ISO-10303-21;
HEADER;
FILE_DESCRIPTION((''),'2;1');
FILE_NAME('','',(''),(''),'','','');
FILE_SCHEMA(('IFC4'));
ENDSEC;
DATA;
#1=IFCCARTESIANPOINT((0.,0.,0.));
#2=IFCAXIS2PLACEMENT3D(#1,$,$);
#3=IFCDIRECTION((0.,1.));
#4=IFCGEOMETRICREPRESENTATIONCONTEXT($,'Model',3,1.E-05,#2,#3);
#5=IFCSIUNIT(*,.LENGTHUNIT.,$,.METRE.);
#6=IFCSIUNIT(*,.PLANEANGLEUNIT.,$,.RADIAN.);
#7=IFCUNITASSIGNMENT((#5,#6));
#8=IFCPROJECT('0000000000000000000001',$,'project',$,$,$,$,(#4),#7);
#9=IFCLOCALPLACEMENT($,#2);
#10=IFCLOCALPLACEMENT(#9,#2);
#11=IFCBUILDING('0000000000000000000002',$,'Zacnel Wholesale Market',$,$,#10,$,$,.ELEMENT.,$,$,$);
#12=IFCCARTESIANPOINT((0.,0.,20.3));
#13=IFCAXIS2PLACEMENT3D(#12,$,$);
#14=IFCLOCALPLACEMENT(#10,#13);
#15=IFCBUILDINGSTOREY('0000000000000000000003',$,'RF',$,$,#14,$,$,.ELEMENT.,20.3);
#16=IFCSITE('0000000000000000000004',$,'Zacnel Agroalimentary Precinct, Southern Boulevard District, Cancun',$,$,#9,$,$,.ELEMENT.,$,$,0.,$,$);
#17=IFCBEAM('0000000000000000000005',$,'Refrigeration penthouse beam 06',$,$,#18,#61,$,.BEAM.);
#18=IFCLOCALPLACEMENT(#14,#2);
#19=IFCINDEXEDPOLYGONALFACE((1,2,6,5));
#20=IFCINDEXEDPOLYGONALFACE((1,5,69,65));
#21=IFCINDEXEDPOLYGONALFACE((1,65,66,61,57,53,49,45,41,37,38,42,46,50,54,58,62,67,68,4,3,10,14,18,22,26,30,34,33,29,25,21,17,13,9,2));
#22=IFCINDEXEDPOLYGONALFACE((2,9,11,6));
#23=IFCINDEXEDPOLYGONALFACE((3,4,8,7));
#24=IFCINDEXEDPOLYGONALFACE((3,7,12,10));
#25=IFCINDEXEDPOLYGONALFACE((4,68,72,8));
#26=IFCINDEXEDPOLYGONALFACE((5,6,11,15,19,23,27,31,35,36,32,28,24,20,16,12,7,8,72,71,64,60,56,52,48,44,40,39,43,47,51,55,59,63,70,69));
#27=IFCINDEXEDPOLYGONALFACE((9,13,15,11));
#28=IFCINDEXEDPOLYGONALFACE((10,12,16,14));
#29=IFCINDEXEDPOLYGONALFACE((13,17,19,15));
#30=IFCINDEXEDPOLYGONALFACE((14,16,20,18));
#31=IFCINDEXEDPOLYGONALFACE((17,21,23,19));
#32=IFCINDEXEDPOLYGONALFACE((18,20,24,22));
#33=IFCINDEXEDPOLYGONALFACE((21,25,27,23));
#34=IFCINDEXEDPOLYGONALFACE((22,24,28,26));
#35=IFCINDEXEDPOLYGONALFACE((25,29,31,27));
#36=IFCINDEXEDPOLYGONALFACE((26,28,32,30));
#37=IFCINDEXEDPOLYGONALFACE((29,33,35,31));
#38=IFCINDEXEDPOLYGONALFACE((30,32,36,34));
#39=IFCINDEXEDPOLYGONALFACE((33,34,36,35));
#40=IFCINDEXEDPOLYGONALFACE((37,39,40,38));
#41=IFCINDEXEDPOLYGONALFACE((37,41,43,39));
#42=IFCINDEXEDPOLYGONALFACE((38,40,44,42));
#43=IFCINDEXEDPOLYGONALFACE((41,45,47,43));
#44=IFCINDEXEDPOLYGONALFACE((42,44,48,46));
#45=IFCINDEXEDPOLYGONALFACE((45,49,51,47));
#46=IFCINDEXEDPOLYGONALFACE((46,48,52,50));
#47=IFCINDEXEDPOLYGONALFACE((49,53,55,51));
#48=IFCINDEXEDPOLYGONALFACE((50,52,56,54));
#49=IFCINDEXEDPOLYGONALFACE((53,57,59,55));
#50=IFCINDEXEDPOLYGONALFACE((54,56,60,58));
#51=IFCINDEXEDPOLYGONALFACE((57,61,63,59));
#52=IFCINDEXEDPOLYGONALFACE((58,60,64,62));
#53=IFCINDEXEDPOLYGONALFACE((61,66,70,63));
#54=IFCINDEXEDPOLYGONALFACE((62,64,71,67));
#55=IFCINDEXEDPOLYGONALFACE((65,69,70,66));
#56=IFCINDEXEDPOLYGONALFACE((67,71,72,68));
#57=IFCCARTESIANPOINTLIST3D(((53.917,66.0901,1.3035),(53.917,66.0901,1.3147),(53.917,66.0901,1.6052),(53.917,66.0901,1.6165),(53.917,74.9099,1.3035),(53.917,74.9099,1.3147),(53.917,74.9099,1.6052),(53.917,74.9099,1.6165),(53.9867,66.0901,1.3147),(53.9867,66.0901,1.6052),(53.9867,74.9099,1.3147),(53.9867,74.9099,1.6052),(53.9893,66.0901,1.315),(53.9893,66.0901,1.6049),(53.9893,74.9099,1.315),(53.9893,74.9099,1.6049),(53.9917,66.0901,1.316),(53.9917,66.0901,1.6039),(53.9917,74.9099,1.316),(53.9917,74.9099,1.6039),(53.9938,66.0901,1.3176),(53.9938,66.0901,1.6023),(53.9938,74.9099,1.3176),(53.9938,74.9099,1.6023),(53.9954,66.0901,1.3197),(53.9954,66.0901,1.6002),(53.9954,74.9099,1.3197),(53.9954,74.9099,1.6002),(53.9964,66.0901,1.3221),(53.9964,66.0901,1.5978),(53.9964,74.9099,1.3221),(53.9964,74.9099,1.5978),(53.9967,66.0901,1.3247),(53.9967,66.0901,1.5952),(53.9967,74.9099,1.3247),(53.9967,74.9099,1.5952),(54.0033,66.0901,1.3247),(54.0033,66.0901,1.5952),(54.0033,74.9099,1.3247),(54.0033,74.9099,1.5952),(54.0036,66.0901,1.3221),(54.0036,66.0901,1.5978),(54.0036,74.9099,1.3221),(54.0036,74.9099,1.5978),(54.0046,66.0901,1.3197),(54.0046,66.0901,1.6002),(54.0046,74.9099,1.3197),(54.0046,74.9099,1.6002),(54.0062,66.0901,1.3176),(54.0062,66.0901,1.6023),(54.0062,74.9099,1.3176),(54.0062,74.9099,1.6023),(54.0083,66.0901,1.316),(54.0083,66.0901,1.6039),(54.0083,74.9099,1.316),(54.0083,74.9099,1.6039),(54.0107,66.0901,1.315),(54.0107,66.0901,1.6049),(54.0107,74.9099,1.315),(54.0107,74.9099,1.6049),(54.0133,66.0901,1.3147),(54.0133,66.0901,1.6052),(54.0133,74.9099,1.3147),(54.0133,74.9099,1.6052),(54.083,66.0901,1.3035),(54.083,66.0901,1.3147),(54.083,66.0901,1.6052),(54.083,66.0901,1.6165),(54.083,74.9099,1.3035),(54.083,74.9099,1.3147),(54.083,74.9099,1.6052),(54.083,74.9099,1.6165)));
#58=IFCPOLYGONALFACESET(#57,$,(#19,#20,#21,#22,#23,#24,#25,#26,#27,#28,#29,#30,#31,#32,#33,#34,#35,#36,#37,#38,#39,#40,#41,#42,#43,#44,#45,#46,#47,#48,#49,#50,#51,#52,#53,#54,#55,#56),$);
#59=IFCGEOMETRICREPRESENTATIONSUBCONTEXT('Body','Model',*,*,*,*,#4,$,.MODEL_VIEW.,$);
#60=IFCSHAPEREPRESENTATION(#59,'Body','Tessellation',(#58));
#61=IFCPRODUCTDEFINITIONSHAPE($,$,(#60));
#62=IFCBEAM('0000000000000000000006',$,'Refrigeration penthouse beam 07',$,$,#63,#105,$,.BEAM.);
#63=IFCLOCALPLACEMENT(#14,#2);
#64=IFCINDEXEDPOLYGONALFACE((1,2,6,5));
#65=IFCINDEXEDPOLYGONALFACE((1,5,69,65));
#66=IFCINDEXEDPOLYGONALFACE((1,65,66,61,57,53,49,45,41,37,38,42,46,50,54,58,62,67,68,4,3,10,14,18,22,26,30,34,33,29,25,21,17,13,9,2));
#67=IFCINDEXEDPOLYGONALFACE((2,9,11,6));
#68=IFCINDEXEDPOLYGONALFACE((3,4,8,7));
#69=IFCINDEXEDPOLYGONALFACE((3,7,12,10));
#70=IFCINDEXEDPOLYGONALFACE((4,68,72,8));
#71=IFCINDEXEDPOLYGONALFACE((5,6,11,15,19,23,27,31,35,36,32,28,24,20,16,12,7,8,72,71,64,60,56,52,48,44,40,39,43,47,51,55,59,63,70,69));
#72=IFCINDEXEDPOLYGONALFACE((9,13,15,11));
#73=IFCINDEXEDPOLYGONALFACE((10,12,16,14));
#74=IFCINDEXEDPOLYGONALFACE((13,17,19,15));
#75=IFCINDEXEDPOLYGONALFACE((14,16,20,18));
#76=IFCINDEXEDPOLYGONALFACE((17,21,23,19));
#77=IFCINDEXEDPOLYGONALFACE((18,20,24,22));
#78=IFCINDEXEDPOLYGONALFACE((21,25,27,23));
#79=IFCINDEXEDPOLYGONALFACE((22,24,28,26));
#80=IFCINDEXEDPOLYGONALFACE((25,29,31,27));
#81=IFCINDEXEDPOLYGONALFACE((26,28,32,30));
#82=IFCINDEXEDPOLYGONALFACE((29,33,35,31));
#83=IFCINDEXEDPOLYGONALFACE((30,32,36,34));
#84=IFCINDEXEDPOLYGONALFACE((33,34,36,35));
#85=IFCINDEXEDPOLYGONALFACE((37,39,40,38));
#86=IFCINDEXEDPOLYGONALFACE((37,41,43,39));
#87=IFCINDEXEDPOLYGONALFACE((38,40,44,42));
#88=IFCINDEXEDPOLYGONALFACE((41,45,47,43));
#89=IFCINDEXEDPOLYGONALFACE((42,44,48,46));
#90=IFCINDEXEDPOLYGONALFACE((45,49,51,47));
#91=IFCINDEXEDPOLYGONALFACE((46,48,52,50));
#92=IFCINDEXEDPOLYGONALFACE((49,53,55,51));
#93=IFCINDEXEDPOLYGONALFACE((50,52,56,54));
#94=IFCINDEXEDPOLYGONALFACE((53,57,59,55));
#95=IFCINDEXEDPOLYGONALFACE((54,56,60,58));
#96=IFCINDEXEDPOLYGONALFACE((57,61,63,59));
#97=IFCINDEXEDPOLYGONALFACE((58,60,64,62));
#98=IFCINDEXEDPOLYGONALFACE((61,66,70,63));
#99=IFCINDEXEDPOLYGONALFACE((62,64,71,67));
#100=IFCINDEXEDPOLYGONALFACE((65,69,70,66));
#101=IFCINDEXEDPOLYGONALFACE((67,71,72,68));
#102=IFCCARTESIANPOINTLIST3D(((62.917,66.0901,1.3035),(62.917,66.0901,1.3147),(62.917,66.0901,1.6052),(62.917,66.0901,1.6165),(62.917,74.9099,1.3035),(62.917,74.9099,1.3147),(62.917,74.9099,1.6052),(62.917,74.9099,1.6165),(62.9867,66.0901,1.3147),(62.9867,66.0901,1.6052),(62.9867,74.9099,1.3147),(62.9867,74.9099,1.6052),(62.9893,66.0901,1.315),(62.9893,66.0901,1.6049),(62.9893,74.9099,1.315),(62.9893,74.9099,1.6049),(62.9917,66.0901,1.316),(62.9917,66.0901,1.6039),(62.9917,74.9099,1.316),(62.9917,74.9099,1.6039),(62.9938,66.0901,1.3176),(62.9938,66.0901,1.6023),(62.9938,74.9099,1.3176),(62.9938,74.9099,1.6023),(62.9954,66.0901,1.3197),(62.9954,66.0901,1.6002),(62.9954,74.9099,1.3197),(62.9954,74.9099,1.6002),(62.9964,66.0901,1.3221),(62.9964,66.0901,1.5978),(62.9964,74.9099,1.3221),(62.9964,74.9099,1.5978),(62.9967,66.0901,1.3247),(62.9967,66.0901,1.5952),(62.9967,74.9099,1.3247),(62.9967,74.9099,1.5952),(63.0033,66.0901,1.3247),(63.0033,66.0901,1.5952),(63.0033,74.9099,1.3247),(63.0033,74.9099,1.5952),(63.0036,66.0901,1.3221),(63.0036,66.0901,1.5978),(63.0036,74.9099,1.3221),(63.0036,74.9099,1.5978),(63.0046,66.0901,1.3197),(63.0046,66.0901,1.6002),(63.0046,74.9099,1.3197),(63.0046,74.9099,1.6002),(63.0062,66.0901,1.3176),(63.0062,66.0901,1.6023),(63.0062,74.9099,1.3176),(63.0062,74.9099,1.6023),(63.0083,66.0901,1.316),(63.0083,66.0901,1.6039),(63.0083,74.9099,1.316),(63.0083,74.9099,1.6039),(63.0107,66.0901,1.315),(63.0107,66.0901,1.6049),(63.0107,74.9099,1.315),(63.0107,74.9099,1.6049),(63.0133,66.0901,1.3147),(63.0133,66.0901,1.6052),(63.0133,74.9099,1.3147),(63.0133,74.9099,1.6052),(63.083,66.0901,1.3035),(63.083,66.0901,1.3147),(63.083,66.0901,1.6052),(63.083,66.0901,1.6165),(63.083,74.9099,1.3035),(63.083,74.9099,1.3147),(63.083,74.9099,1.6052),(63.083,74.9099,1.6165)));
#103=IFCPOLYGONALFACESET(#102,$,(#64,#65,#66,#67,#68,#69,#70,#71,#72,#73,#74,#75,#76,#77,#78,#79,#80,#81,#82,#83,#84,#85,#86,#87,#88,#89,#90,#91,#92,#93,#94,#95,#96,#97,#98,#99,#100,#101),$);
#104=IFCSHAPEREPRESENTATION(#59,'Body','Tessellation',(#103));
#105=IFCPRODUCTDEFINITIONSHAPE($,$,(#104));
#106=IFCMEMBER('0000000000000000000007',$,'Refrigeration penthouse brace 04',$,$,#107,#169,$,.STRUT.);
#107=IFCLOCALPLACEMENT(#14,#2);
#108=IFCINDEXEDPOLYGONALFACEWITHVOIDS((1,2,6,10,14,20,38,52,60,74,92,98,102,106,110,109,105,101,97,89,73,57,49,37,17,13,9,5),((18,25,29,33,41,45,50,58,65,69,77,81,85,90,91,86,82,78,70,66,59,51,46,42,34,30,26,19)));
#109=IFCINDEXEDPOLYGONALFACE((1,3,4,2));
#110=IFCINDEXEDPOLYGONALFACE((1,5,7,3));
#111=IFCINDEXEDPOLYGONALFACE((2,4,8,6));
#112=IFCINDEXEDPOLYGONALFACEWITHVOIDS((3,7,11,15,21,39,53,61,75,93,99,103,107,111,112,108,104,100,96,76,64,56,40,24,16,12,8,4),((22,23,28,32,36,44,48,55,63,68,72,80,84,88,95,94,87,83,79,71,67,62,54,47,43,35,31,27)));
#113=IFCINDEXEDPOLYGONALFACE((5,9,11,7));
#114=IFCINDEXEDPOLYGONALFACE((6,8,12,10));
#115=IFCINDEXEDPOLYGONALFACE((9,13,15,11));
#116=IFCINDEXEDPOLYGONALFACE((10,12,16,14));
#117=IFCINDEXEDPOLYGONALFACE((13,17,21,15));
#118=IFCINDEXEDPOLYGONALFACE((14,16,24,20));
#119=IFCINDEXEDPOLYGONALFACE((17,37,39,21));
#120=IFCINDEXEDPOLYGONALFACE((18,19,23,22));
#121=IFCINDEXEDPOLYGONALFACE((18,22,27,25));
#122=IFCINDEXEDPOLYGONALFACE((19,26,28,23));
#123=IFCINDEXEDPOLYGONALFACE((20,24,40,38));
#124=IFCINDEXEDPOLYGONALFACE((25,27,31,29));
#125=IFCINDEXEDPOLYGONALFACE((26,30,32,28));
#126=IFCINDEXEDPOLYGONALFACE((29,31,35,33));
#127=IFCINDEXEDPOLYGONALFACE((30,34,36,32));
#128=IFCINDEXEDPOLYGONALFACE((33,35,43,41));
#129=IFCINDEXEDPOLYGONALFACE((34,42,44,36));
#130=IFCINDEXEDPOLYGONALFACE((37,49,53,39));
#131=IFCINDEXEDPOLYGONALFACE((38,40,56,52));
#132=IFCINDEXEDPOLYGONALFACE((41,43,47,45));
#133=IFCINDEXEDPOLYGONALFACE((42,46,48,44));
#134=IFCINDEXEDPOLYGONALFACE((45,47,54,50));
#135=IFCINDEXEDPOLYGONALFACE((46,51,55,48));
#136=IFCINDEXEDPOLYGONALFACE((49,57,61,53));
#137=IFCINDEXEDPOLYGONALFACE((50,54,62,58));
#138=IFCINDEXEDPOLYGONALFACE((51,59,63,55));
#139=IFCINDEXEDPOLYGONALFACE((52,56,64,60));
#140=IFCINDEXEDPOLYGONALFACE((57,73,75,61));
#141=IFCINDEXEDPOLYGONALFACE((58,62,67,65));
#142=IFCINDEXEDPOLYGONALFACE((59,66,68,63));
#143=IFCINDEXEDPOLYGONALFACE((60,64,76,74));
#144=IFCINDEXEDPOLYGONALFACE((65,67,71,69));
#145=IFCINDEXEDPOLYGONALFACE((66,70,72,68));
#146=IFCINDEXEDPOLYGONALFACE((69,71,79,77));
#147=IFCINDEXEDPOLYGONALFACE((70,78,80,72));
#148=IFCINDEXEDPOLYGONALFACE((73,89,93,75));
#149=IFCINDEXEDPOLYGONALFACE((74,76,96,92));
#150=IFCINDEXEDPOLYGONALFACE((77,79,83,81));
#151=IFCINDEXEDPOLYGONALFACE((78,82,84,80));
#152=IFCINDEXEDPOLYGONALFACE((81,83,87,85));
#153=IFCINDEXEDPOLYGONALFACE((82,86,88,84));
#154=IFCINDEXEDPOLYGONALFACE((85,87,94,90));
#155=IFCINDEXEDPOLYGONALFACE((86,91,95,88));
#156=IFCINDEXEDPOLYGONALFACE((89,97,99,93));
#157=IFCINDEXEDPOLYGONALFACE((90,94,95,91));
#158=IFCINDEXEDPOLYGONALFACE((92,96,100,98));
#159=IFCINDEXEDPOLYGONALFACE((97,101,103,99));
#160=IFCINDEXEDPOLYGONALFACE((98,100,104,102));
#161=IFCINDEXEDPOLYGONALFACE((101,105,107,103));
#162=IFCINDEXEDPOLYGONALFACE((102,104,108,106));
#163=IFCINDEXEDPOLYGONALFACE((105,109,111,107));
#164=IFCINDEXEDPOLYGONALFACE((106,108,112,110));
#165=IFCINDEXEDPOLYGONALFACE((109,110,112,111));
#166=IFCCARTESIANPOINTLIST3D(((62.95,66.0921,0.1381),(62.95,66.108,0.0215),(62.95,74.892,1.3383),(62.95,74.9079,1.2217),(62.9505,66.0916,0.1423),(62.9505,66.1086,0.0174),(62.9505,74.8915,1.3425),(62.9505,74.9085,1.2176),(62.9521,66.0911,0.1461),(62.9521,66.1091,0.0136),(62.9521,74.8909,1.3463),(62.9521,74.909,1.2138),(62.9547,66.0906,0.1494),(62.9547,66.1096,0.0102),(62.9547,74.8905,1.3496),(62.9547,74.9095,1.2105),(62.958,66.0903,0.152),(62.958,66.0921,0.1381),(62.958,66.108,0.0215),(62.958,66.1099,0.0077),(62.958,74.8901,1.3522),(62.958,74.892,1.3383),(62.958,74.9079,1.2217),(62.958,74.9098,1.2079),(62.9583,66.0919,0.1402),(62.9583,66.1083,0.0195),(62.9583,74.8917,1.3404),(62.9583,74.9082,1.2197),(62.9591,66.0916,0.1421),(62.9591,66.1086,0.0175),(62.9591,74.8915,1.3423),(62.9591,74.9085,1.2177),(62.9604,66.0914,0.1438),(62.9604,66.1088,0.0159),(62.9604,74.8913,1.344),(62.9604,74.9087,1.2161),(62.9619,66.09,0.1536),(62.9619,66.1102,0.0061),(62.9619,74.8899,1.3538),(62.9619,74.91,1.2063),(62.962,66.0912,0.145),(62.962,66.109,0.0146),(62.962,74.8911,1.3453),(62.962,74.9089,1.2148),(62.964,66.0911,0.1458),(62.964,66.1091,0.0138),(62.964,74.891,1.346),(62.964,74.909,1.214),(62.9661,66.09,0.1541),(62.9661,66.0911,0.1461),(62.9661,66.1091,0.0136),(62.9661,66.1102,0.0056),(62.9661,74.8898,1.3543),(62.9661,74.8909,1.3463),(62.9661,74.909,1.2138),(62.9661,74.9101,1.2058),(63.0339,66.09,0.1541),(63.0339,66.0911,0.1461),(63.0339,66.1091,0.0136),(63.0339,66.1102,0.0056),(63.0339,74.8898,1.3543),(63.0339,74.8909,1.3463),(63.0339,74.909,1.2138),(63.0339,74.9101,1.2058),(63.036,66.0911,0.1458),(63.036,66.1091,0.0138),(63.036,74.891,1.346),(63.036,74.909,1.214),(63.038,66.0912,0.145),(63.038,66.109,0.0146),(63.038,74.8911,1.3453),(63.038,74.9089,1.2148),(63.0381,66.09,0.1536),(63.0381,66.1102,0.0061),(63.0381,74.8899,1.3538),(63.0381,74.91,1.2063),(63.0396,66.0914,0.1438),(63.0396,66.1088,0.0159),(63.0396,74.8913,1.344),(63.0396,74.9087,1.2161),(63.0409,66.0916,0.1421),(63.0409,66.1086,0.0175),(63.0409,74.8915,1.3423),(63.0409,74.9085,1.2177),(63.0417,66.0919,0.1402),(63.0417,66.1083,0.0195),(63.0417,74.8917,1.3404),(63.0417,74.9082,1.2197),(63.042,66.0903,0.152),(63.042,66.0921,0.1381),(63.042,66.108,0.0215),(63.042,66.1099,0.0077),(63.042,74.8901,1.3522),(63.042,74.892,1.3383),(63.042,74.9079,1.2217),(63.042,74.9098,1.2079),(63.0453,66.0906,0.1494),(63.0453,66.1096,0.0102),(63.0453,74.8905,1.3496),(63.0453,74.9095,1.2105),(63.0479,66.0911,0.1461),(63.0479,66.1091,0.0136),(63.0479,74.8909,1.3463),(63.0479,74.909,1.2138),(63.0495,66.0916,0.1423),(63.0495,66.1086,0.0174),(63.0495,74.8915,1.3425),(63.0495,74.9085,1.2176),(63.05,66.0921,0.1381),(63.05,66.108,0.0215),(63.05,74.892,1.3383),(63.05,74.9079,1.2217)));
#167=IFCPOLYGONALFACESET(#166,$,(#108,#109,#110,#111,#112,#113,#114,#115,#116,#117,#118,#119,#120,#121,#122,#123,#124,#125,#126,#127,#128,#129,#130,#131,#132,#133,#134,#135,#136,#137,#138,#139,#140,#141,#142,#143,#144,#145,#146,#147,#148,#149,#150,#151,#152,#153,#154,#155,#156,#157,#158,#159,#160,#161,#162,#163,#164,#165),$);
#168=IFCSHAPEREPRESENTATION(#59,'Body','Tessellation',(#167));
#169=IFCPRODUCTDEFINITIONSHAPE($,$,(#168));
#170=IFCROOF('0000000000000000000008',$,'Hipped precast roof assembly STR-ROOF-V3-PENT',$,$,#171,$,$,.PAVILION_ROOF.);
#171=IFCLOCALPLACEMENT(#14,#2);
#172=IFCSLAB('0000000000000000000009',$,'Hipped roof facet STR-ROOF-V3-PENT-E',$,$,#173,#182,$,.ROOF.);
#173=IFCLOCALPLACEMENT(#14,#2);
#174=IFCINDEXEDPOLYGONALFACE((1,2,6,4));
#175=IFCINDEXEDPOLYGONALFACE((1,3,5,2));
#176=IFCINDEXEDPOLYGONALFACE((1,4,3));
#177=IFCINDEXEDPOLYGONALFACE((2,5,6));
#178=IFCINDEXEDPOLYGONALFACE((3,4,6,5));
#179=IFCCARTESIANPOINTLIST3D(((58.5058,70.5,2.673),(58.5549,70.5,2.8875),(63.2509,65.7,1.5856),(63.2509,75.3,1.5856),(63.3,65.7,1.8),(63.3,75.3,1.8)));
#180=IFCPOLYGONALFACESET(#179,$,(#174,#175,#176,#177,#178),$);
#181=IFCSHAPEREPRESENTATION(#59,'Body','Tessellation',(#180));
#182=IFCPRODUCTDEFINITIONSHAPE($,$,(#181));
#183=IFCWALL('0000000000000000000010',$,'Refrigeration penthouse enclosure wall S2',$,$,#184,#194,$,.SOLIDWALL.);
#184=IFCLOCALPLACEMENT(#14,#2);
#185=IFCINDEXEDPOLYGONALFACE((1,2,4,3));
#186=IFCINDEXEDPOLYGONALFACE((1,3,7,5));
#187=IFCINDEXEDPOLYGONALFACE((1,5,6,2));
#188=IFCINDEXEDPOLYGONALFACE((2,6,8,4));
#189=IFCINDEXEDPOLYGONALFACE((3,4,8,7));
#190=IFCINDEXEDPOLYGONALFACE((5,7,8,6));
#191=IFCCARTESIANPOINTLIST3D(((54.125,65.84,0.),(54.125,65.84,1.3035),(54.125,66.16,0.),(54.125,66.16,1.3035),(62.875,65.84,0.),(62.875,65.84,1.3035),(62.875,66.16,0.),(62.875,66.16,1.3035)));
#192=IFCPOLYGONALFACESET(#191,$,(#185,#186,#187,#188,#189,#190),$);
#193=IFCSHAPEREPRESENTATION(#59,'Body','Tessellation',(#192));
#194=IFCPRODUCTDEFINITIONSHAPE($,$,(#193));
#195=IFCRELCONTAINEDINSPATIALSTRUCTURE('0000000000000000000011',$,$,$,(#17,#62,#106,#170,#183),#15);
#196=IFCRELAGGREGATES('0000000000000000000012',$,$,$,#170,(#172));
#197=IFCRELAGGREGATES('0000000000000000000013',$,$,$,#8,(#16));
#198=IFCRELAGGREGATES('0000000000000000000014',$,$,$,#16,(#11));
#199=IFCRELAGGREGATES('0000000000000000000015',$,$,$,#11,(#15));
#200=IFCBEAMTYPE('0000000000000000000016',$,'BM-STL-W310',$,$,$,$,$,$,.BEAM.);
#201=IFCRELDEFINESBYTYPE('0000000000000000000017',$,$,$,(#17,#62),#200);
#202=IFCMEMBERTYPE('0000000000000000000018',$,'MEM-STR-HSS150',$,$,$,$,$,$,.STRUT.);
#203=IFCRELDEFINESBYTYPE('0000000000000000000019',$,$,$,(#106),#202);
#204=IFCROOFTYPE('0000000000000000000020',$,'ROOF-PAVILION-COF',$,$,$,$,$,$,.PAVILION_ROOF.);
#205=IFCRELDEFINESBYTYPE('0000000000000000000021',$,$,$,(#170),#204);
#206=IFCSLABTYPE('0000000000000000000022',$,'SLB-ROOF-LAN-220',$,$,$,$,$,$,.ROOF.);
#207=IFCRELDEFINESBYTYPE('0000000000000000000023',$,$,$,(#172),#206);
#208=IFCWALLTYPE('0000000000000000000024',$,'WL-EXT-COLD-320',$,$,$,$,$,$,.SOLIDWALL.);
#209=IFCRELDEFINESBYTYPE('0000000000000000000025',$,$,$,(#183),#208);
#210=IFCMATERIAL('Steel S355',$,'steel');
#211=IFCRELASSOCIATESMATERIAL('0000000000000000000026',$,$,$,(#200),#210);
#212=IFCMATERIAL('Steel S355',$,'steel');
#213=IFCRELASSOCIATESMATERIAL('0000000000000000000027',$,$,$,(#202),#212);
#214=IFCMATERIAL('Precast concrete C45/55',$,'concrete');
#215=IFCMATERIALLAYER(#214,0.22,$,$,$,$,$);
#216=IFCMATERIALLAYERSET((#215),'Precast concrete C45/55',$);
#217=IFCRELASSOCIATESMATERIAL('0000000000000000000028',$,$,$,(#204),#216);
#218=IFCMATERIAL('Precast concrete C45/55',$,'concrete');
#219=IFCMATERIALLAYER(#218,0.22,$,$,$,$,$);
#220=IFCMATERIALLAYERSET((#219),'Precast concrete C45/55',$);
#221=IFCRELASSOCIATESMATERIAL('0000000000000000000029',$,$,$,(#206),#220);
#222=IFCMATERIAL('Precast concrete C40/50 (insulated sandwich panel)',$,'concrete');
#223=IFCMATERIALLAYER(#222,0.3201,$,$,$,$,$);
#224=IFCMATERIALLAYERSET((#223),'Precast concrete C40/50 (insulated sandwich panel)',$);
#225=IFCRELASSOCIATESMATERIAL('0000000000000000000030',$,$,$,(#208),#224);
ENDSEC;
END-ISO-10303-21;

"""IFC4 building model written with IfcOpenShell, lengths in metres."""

from ifc_helpers import new_model, si_unit, direction, frame, frame_2d, origin, origin_2d, place, context, subcontext, project, spatial, polyline, rectangle, hollow_rectangle, i_section, outline, extrude, material, layer, layer_set, material_profile, profile_set, type_object, element, aggregate, save


model = new_model("IFC4")

# Units and contexts
model_context = context("Model", 3, precision=1e-05, world=origin(), true_north=direction((0.0, 1.0)))
body_context = subcontext(model_context, "Body", "Model", "MODEL_VIEW")
ifc_project = project(units=[si_unit("LENGTHUNIT", "METRE"), si_unit("PLANEANGLEUNIT", "RADIAN")], contexts=[model_context])

# Site, building, storey
site_placement = place(None, origin())
site = spatial("IfcSite", under=ifc_project, at=site_placement, Name="Zacnel Agroalimentary Precinct, Southern Boulevard District, Cancun", CompositionType="ELEMENT", RefElevation=0.0)
building_placement = place(site_placement, origin())
building = spatial("IfcBuilding", under=site, at=building_placement, Name="Zacnel Wholesale Market", CompositionType="ELEMENT")
storey_placement = place(building_placement, frame((0.0, 0.0, 20.3)))
storey = spatial("IfcBuildingStorey", under=building, at=storey_placement, Name="RF", CompositionType="ELEMENT", Elevation=20.3)

# Beams
ifc_material_1 = material(Name="Steel S355", Category="steel")
ifc_material_profile_1 = material_profile(ifc_material_1, i_section(OverallWidth=0.166, OverallDepth=0.313, WebThickness=0.0066, FlangeThickness=0.0112, FilletRadius=0.01, at=origin_2d()), Name="W310X44.5")
ifc_profile_set_1 = profile_set([ifc_material_profile_1], Name="Steel S355")
beam_type_1 = type_object("IfcBeamType", Name="BM-STL-W310", PredefinedType="BEAM", material=ifc_profile_set_1)
for number, where, z_axis, x_axis, name in (
    (1, (54.0, 66.0901, 1.46), (0.0, 1.0, 0.0), (-1.0, 0.0, 0.0), "Refrigeration penthouse beam 06"),
    (2, (63.0, 66.0901, 1.46), (0.0, 1.0, 0.0), (-1.0, 0.0, 0.0), "Refrigeration penthouse beam 07"),
):
    element("IfcBeam", number, at=place(storey_placement, frame(where, z_axis=z_axis, x_axis=x_axis)), inside=storey, type_object=beam_type_1, Name=name, PredefinedType="BEAM", context=body_context, shape_type="SweptSolid", body=[
        extrude(i_section(OverallWidth=0.166, OverallDepth=0.313, WebThickness=0.0066, FlangeThickness=0.0112, FilletRadius=0.01, at=origin_2d()), origin(), (0.0, 0.0, 1.0), 8.8198),
    ])

# Member
ifc_material_2 = material(Name="Steel S355", Category="steel")
ifc_material_profile_2 = material_profile(ifc_material_2, hollow_rectangle(XDim=0.1001, YDim=0.1499, WallThickness=0.0081, InnerFilletRadius=0.0081, OuterFilletRadius=0.0161, at=origin_2d()), Name="HSS 150x100x8")
ifc_profile_set_2 = profile_set([ifc_material_profile_2], Name="Steel S355")
member_type = type_object("IfcMemberType", Name="MEM-STR-HSS150", PredefinedType="STRUT", material=ifc_profile_set_2)
member_placement = place(storey_placement, frame((63.0, 66.1001, 0.0798), z_axis=(0.0, 0.990827, 0.135138), x_axis=(-1.0, 0.0, 0.0)))
element("IfcMember", 3, at=member_placement, inside=storey, type_object=member_type, Name="Refrigeration penthouse brace 04", PredefinedType="STRUT", context=body_context, shape_type="SweptSolid", body=[
    extrude(hollow_rectangle(XDim=0.1001, YDim=0.1499, WallThickness=0.0081, InnerFilletRadius=0.0081, OuterFilletRadius=0.0161, at=origin_2d()), origin(), (0.0, 0.0, 1.0), 8.8813),
])

# Roof, slab
ifc_material_3 = material(Name="Precast concrete C45/55", Category="concrete")
ifc_layer_1 = layer(ifc_material_3, 0.22)
ifc_layer_set_1 = layer_set([ifc_layer_1], Name="Precast concrete C45/55")
roof_type = type_object("IfcRoofType", Name="ROOF-PAVILION-COF", PredefinedType="PAVILION_ROOF", material=ifc_layer_set_1)
roof_placement = place(storey_placement, origin())
roof = element("IfcRoof", 4, at=roof_placement, inside=storey, type_object=roof_type, Name="Hipped precast roof assembly STR-ROOF-V3-PENT", PredefinedType="PAVILION_ROOF")
ifc_material_4 = material(Name="Precast concrete C45/55", Category="concrete")
ifc_layer_2 = layer(ifc_material_4, 0.22)
ifc_layer_set_2 = layer_set([ifc_layer_2], Name="Precast concrete C45/55")
slab_type = type_object("IfcSlabType", Name="SLB-ROOF-LAN-220", PredefinedType="ROOF", material=ifc_layer_set_2)
slab_placement = place(storey_placement, frame((63.3, 65.7, 1.8), z_axis=(0.223372, 0.0, 0.974733), x_axis=(0.0, 1.0, 0.0)))
slab = element("IfcSlab", 5, at=slab_placement, type_object=slab_type, Name="Hipped roof facet STR-ROOF-V3-PENT-E", PredefinedType="ROOF", context=body_context, shape_type="SweptSolid", body=[
    extrude(outline(polyline([(0.0, 0.0), (9.6001, 0.0), (4.8, 4.8681), (0.0, 0.0)])), origin(), (0.0, 0.0, -1.0), 0.22),
])
aggregate(roof, [slab])

# Wall
ifc_material_5 = material(Name="Precast concrete C40/50 (insulated sandwich panel)", Category="concrete")
ifc_layer_3 = layer(ifc_material_5, 0.3201)
ifc_layer_set_3 = layer_set([ifc_layer_3], Name="Precast concrete C40/50 (insulated sandwich panel)")
wall_type_1 = type_object("IfcWallType", Name="WL-EXT-COLD-320", PredefinedType="SOLIDWALL", material=ifc_layer_set_3)
wall_1_placement = place(storey_placement, frame((54.125, 66.0, 0.0), z_axis=(0.0, 0.0, 1.0), x_axis=(1.0, 0.0, 0.0)))
element("IfcWall", 6, at=wall_1_placement, inside=storey, type_object=wall_type_1, Name="Refrigeration penthouse enclosure wall S2", PredefinedType="SOLIDWALL", context=body_context, shape_type="SweptSolid", body=[
    extrude(rectangle(XDim=8.75, YDim=0.3201, at=frame_2d((4.375, 0.0))), origin(), (0.0, 0.0, 1.0), 1.3035),
])

save(model, "model.ifc")
